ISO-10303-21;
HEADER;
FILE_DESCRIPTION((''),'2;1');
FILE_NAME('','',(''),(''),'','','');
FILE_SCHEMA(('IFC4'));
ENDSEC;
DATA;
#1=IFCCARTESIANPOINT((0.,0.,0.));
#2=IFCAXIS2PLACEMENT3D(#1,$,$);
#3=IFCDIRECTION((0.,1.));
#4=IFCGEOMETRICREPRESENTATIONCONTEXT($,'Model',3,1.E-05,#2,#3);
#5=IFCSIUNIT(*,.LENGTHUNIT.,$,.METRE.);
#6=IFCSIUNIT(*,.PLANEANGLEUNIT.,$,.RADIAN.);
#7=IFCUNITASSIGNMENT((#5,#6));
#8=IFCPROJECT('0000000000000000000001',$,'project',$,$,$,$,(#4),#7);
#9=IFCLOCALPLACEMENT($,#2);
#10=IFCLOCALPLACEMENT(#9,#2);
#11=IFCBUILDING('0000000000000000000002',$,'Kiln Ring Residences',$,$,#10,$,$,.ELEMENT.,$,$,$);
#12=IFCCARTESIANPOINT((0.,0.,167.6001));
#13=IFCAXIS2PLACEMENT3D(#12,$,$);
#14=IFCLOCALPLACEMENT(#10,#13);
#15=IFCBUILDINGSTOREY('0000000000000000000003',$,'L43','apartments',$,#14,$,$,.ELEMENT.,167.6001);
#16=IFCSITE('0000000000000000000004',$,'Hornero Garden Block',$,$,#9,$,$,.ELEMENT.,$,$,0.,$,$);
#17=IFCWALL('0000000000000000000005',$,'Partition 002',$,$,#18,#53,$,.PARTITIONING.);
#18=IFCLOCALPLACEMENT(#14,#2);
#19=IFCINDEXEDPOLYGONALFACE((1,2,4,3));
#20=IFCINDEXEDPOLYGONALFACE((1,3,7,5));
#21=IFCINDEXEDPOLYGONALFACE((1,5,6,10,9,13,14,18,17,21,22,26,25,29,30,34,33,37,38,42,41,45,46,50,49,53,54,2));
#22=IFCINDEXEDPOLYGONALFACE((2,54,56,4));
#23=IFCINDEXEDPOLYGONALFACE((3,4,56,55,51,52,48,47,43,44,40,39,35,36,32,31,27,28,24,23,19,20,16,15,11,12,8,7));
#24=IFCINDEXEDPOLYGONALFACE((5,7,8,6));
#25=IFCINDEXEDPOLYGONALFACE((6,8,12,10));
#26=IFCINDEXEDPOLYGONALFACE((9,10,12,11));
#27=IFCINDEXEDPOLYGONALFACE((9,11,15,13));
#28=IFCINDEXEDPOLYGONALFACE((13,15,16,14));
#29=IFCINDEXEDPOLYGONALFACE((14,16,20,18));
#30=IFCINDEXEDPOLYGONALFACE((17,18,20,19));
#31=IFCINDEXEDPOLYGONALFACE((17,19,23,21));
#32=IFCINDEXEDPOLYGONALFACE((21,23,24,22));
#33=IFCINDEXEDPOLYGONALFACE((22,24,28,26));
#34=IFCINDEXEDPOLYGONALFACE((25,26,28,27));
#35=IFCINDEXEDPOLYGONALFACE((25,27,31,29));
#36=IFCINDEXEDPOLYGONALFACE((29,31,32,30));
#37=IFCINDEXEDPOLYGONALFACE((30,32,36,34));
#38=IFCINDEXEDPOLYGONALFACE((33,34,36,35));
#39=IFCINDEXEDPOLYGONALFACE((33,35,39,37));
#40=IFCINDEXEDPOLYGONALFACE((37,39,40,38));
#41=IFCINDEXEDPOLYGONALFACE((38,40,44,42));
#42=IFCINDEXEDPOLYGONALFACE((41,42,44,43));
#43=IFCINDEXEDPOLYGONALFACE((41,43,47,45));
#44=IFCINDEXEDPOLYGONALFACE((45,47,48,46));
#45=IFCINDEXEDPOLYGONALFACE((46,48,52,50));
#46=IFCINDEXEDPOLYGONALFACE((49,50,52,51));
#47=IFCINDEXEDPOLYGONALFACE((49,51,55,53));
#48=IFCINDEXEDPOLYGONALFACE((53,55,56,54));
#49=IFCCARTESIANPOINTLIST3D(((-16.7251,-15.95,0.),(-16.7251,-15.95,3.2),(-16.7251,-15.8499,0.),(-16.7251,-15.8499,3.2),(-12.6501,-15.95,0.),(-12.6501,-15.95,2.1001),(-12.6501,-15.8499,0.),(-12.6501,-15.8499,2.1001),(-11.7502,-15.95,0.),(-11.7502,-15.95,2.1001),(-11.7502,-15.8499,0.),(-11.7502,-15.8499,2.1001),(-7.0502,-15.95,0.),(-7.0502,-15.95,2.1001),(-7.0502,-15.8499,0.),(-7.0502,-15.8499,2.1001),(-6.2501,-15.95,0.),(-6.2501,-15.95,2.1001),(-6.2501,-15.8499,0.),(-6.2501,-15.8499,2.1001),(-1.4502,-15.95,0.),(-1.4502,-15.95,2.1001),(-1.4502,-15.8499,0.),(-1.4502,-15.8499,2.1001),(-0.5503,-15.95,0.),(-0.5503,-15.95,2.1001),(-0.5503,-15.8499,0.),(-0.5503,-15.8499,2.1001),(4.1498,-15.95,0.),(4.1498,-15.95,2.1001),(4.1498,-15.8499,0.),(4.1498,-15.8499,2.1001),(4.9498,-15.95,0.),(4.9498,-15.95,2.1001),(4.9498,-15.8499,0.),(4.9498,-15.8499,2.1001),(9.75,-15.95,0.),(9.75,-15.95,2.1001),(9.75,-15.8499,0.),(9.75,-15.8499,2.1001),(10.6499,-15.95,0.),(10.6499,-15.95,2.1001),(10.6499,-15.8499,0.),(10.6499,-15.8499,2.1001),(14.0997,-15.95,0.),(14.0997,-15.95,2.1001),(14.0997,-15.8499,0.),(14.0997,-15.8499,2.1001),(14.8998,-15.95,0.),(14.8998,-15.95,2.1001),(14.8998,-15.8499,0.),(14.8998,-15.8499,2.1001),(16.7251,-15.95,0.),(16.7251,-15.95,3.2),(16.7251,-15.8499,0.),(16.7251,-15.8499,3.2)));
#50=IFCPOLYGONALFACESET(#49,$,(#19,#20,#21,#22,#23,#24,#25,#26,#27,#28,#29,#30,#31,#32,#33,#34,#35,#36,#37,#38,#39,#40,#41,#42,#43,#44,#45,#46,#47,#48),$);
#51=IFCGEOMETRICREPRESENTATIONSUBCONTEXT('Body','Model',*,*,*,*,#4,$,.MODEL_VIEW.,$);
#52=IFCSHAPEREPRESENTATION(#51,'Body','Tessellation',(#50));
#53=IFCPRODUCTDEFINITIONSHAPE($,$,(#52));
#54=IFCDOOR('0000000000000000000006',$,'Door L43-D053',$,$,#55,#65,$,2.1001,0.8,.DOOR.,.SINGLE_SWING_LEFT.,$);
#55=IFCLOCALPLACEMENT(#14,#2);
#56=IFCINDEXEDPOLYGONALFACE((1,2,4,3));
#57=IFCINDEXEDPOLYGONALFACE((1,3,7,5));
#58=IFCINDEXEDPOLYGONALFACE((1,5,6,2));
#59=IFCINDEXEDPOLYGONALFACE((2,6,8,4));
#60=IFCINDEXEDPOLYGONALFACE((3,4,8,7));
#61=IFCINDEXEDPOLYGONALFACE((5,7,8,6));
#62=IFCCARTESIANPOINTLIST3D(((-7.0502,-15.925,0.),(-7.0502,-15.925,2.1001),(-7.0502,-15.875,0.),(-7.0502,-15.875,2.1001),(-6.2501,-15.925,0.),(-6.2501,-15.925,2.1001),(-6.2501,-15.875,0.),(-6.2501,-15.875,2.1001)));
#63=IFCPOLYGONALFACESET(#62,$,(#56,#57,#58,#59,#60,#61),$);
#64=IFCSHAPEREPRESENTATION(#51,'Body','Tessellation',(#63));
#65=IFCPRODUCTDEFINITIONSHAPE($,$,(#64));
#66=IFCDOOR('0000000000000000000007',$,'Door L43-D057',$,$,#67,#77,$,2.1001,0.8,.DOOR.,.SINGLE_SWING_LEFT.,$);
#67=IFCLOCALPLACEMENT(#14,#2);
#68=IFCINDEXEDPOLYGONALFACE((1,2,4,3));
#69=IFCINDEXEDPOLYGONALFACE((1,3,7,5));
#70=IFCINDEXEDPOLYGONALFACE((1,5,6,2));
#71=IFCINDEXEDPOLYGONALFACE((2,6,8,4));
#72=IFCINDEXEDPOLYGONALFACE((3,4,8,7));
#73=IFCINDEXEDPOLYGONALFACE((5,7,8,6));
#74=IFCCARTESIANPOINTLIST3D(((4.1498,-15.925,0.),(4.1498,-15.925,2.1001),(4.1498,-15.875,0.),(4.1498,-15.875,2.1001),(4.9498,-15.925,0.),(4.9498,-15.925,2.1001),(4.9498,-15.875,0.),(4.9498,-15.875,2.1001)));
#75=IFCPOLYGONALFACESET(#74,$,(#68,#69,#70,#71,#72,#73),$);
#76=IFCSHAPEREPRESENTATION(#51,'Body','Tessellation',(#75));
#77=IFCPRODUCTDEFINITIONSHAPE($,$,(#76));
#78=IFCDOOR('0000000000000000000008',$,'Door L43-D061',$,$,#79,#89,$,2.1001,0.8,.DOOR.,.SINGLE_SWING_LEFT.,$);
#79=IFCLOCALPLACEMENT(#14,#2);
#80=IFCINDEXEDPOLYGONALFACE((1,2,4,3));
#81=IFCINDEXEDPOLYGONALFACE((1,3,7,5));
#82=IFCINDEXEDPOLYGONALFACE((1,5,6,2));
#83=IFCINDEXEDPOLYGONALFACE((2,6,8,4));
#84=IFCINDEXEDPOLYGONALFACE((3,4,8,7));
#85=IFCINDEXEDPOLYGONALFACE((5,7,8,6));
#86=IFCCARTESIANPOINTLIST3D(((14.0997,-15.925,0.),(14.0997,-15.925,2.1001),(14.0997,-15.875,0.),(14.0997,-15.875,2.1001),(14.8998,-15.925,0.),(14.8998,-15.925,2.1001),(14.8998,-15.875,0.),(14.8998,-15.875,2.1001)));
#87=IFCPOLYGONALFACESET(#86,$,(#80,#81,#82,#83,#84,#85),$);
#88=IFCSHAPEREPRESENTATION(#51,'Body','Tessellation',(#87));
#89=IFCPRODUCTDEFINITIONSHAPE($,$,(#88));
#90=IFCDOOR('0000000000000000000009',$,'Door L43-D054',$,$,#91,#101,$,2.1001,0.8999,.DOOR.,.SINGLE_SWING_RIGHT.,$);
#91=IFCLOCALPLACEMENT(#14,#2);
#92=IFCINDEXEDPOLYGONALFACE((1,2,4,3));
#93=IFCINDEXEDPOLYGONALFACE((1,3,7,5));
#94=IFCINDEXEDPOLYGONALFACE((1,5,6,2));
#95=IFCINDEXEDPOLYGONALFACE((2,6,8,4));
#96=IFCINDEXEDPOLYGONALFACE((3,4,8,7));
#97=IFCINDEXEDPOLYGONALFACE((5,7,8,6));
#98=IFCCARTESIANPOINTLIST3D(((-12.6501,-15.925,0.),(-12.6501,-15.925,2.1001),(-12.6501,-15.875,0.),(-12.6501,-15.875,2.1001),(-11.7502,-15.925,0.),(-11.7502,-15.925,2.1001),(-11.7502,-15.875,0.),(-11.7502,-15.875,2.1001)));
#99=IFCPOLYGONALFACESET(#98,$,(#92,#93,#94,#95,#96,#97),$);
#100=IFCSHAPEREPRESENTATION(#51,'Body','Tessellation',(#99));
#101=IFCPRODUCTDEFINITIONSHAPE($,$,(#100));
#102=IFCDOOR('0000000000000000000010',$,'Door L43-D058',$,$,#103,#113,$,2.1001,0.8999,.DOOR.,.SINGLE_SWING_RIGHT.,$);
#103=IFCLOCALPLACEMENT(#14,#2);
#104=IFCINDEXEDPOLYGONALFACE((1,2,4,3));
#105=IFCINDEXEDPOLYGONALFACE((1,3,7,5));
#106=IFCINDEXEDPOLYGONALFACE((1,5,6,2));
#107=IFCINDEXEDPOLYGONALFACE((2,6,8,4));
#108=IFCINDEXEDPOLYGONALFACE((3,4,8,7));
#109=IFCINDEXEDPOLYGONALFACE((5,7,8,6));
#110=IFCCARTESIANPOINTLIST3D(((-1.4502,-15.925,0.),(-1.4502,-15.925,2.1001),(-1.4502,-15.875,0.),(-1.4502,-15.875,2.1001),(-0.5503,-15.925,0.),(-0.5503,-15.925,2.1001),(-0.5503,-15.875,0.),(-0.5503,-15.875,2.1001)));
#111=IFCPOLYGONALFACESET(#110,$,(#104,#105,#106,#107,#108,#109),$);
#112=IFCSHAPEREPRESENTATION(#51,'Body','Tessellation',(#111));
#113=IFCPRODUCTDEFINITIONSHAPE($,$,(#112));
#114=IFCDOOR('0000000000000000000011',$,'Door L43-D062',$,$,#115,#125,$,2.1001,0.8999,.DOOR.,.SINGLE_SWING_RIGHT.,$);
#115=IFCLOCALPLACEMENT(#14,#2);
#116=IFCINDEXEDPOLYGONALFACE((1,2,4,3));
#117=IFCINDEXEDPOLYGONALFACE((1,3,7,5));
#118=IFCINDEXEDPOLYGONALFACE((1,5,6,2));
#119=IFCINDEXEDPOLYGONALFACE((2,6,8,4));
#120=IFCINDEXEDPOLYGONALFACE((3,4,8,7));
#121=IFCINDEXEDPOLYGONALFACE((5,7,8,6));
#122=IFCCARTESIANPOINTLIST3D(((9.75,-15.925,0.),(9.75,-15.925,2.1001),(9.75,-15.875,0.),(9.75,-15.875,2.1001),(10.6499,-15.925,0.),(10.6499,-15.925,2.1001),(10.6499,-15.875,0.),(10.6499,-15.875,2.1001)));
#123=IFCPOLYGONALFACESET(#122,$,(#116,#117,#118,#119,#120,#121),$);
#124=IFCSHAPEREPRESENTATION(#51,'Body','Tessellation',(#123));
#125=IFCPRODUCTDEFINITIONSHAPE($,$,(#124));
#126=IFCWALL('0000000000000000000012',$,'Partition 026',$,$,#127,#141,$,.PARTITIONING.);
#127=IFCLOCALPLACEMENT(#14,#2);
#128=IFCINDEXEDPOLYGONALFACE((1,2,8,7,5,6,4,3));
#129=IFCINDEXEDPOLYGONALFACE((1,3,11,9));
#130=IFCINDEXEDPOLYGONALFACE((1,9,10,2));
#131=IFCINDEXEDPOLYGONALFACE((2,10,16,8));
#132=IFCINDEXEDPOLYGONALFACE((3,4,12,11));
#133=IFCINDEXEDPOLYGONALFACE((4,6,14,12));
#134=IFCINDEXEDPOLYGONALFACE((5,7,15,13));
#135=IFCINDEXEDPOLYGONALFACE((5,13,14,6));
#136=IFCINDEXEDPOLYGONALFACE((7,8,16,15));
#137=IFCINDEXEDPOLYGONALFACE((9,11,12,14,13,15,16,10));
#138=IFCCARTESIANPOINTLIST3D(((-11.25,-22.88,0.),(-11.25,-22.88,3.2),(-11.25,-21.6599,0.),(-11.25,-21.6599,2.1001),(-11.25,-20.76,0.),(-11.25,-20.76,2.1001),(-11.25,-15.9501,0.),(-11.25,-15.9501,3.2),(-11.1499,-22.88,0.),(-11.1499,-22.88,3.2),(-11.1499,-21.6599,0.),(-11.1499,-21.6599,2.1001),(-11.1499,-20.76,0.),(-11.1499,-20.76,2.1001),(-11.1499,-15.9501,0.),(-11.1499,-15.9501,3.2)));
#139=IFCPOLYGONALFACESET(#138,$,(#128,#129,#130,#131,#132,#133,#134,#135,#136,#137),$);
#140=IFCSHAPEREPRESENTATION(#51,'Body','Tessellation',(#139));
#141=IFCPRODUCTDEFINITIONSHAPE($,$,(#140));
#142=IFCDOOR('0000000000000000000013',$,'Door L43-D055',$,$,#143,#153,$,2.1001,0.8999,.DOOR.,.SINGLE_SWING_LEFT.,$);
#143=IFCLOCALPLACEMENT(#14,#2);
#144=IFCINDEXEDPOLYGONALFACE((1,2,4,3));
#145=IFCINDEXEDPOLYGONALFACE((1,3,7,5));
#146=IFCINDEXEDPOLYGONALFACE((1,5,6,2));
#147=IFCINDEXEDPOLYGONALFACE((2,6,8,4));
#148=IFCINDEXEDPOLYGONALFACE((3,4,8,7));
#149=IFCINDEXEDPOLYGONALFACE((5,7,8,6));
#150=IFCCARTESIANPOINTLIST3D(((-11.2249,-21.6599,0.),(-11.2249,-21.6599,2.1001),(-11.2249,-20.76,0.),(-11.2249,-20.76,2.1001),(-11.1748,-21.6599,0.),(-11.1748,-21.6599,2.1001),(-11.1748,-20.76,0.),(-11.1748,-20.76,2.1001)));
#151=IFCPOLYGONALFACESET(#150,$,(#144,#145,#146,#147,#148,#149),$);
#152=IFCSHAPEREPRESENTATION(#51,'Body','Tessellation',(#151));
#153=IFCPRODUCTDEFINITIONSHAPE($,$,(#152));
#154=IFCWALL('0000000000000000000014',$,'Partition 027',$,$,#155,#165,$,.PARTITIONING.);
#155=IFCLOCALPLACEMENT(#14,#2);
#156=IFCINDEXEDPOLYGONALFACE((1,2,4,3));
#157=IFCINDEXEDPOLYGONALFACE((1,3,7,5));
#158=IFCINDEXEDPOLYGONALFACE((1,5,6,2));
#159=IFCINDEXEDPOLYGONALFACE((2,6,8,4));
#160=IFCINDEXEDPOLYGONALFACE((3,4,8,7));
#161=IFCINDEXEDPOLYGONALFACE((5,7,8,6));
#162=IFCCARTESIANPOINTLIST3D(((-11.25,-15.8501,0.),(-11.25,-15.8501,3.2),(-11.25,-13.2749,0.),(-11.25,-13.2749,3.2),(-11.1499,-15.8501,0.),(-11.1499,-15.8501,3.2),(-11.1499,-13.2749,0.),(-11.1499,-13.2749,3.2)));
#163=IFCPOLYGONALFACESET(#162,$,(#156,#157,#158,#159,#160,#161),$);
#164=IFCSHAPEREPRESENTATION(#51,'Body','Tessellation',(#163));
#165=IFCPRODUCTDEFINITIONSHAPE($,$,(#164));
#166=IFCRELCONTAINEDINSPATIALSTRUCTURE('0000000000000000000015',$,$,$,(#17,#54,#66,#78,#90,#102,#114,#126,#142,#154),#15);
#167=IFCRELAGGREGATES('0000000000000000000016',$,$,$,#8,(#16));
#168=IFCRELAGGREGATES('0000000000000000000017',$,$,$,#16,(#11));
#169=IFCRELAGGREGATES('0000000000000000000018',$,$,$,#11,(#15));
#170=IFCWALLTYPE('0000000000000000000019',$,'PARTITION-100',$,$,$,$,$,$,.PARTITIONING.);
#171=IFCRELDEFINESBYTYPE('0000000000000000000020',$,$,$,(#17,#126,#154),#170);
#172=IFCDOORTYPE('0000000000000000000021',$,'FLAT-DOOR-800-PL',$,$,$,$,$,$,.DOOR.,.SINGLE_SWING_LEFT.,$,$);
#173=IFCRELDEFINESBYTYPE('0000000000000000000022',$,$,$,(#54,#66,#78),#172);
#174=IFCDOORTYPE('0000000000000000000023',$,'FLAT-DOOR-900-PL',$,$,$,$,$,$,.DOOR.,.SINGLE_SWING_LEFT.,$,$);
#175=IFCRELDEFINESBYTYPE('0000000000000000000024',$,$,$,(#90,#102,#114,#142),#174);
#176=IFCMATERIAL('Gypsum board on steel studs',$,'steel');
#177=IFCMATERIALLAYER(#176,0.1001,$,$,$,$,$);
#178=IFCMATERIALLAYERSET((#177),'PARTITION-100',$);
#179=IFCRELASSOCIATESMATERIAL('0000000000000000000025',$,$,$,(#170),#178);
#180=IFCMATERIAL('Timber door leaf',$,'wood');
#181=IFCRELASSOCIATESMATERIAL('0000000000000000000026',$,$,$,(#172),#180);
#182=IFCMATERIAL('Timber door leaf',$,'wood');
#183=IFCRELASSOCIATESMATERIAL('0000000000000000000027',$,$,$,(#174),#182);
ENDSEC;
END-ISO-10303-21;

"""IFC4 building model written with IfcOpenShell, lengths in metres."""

from ifc_helpers import new_model, si_unit, direction, frame, frame_2d, origin, place, context, subcontext, project, spatial, rectangle, extrude, material, layer, layer_set, type_object, element, fill, save


model = new_model("IFC4")

# Units and contexts
model_context = context("Model", 3, precision=1e-05, world=origin(), true_north=direction((0.0, 1.0)))
body_context = subcontext(model_context, "Body", "Model", "MODEL_VIEW")
ifc_project = project(units=[si_unit("LENGTHUNIT", "METRE"), si_unit("PLANEANGLEUNIT", "RADIAN")], contexts=[model_context])

# Site, building, storey
site_placement = place(None, origin())
site = spatial("IfcSite", under=ifc_project, at=site_placement, Name="Hornero Garden Block", CompositionType="ELEMENT", RefElevation=0.0)
building_placement = place(site_placement, origin())
building = spatial("IfcBuilding", under=site, at=building_placement, Name="Kiln Ring Residences", CompositionType="ELEMENT")
storey_placement = place(building_placement, frame((0.0, 0.0, 167.6001)))
storey = spatial("IfcBuildingStorey", under=building, at=storey_placement, Name="L43", Description="apartments", CompositionType="ELEMENT", Elevation=167.6001)

# Wall, openings, doors
ifc_material_1 = material(Name="Gypsum board on steel studs", Category="steel")
ifc_layer_1 = layer(ifc_material_1, 0.1001)
ifc_layer_set_1 = layer_set([ifc_layer_1], Name="PARTITION-100")
wall_type_1 = type_object("IfcWallType", Name="PARTITION-100", PredefinedType="PARTITIONING", material=ifc_layer_set_1)
wall_1_placement = place(storey_placement, frame((-16.7251, -15.8999, 0.0), z_axis=(0.0, 0.0, 1.0), x_axis=(1.0, 0.0, 0.0)))
wall_1 = element("IfcWall", 1, at=wall_1_placement, inside=storey, type_object=wall_type_1, Name="Partition 002", PredefinedType="PARTITIONING", context=body_context, shape_type="SweptSolid", body=[
    extrude(rectangle(XDim=33.4502, YDim=0.1001, at=frame_2d((16.7251, 0.0))), origin(), (0.0, 0.0, 1.0), 3.2),
])
opening_1_placement = place(wall_1_placement, frame((9.675, 0.0, 0.0)))
opening_1 = element("IfcOpeningElement", 2, at=opening_1_placement, cuts=wall_1, PredefinedType="OPENING", context=body_context, shape_type="SweptSolid", body=[
    extrude(rectangle(XDim=0.8, YDim=2.1001, at=frame_2d((0.3999, 1.05))), frame((0.0, 0.0601, 0.0), z_axis=(0.0, -1.0, 0.0), x_axis=(1.0, 0.0, 0.0)), (0.0, 0.0, 1.0), 0.1201),
])
opening_2_placement = place(wall_1_placement, frame((4.075, 0.0, 0.0)))
opening_2 = element("IfcOpeningElement", 3, at=opening_2_placement, cuts=wall_1, PredefinedType="OPENING", context=body_context, shape_type="SweptSolid", body=[
    extrude(rectangle(XDim=0.8999, YDim=2.1001, at=frame_2d((0.45, 1.05))), frame((0.0, 0.0601, 0.0), z_axis=(0.0, -1.0, 0.0), x_axis=(1.0, 0.0, 0.0)), (0.0, 0.0, 1.0), 0.1201),
])
opening_3_placement = place(wall_1_placement, frame((20.875, 0.0, 0.0)))
opening_3 = element("IfcOpeningElement", 4, at=opening_3_placement, cuts=wall_1, PredefinedType="OPENING", context=body_context, shape_type="SweptSolid", body=[
    extrude(rectangle(XDim=0.8, YDim=2.1001, at=frame_2d((0.3999, 1.05))), frame((0.0, 0.0601, 0.0), z_axis=(0.0, -1.0, 0.0), x_axis=(1.0, 0.0, 0.0)), (0.0, 0.0, 1.0), 0.1201),
])
opening_4_placement = place(wall_1_placement, frame((15.2749, 0.0, 0.0)))
opening_4 = element("IfcOpeningElement", 5, at=opening_4_placement, cuts=wall_1, PredefinedType="OPENING", context=body_context, shape_type="SweptSolid", body=[
    extrude(rectangle(XDim=0.8999, YDim=2.1001, at=frame_2d((0.45, 1.05))), frame((0.0, 0.0601, 0.0), z_axis=(0.0, -1.0, 0.0), x_axis=(1.0, 0.0, 0.0)), (0.0, 0.0, 1.0), 0.1201),
])
opening_5_placement = place(wall_1_placement, frame((30.825, 0.0, 0.0)))
opening_5 = element("IfcOpeningElement", 6, at=opening_5_placement, cuts=wall_1, PredefinedType="OPENING", context=body_context, shape_type="SweptSolid", body=[
    extrude(rectangle(XDim=0.8, YDim=2.1001, at=frame_2d((0.3999, 1.05))), frame((0.0, 0.0601, 0.0), z_axis=(0.0, -1.0, 0.0), x_axis=(1.0, 0.0, 0.0)), (0.0, 0.0, 1.0), 0.1201),
])
opening_6_placement = place(wall_1_placement, frame((26.4751, 0.0, 0.0)))
opening_6 = element("IfcOpeningElement", 7, at=opening_6_placement, cuts=wall_1, PredefinedType="OPENING", context=body_context, shape_type="SweptSolid", body=[
    extrude(rectangle(XDim=0.8999, YDim=2.1001, at=frame_2d((0.45, 1.05))), frame((0.0, 0.0601, 0.0), z_axis=(0.0, -1.0, 0.0), x_axis=(1.0, 0.0, 0.0)), (0.0, 0.0, 1.0), 0.1201),
])
ifc_material_2 = material(Name="Timber door leaf", Category="wood")
door_type_1 = type_object("IfcDoorType", Name="FLAT-DOOR-800-PL", OperationType="SINGLE_SWING_LEFT", PredefinedType="DOOR", material=ifc_material_2)
door_1_placement = place(opening_1_placement, origin())
door_1 = element("IfcDoor", 8, at=door_1_placement, inside=storey, type_object=door_type_1, Name="Door L43-D053", OperationType="SINGLE_SWING_LEFT", OverallHeight=2.1001, OverallWidth=0.8, PredefinedType="DOOR", context=body_context, shape_type="SweptSolid", body=[
    extrude(rectangle(XDim=0.8, YDim=2.1001, at=frame_2d((0.3999, 1.05))), frame((0.0, 0.0249, 0.0), z_axis=(0.0, -1.0, 0.0), x_axis=(1.0, 0.0, 0.0)), (0.0, 0.0, 1.0), 0.05),
])
fill(opening_1, door_1)
door_2_placement = place(opening_3_placement, origin())
door_2 = element("IfcDoor", 9, at=door_2_placement, inside=storey, type_object=door_type_1, Name="Door L43-D057", OperationType="SINGLE_SWING_LEFT", OverallHeight=2.1001, OverallWidth=0.8, PredefinedType="DOOR", context=body_context, shape_type="SweptSolid", body=[
    extrude(rectangle(XDim=0.8, YDim=2.1001, at=frame_2d((0.3999, 1.05))), frame((0.0, 0.0249, 0.0), z_axis=(0.0, -1.0, 0.0), x_axis=(1.0, 0.0, 0.0)), (0.0, 0.0, 1.0), 0.05),
])
fill(opening_3, door_2)
door_3_placement = place(opening_5_placement, origin())
door_3 = element("IfcDoor", 10, at=door_3_placement, inside=storey, type_object=door_type_1, Name="Door L43-D061", OperationType="SINGLE_SWING_LEFT", OverallHeight=2.1001, OverallWidth=0.8, PredefinedType="DOOR", context=body_context, shape_type="SweptSolid", body=[
    extrude(rectangle(XDim=0.8, YDim=2.1001, at=frame_2d((0.3999, 1.05))), frame((0.0, 0.0249, 0.0), z_axis=(0.0, -1.0, 0.0), x_axis=(1.0, 0.0, 0.0)), (0.0, 0.0, 1.0), 0.05),
])
fill(opening_5, door_3)
ifc_material_3 = material(Name="Timber door leaf", Category="wood")
door_type_2 = type_object("IfcDoorType", Name="FLAT-DOOR-900-PL", OperationType="SINGLE_SWING_LEFT", PredefinedType="DOOR", material=ifc_material_3)
door_4_placement = place(opening_2_placement, origin())
door_4 = element("IfcDoor", 11, at=door_4_placement, inside=storey, type_object=door_type_2, Name="Door L43-D054", OperationType="SINGLE_SWING_RIGHT", OverallHeight=2.1001, OverallWidth=0.8999, PredefinedType="DOOR", context=body_context, shape_type="SweptSolid", body=[
    extrude(rectangle(XDim=0.8999, YDim=2.1001, at=frame_2d((0.45, 1.05))), frame((0.0, 0.0249, 0.0), z_axis=(0.0, -1.0, 0.0), x_axis=(1.0, 0.0, 0.0)), (0.0, 0.0, 1.0), 0.05),
])
fill(opening_2, door_4)
door_5_placement = place(opening_4_placement, origin())
door_5 = element("IfcDoor", 12, at=door_5_placement, inside=storey, type_object=door_type_2, Name="Door L43-D058", OperationType="SINGLE_SWING_RIGHT", OverallHeight=2.1001, OverallWidth=0.8999, PredefinedType="DOOR", context=body_context, shape_type="SweptSolid", body=[
    extrude(rectangle(XDim=0.8999, YDim=2.1001, at=frame_2d((0.45, 1.05))), frame((0.0, 0.0249, 0.0), z_axis=(0.0, -1.0, 0.0), x_axis=(1.0, 0.0, 0.0)), (0.0, 0.0, 1.0), 0.05),
])
fill(opening_4, door_5)
door_6_placement = place(opening_6_placement, origin())
door_6 = element("IfcDoor", 13, at=door_6_placement, inside=storey, type_object=door_type_2, Name="Door L43-D062", OperationType="SINGLE_SWING_RIGHT", OverallHeight=2.1001, OverallWidth=0.8999, PredefinedType="DOOR", context=body_context, shape_type="SweptSolid", body=[
    extrude(rectangle(XDim=0.8999, YDim=2.1001, at=frame_2d((0.45, 1.05))), frame((0.0, 0.0249, 0.0), z_axis=(0.0, -1.0, 0.0), x_axis=(1.0, 0.0, 0.0)), (0.0, 0.0, 1.0), 0.05),
])
fill(opening_6, door_6)

# Wall, opening, door
wall_2_placement = place(storey_placement, frame((-11.2, -22.8799, 0.0), z_axis=(0.0, 0.0, 1.0), x_axis=(0.0, 1.0, 0.0)))
wall_2 = element("IfcWall", 14, at=wall_2_placement, inside=storey, type_object=wall_type_1, Name="Partition 026", PredefinedType="PARTITIONING", context=body_context, shape_type="SweptSolid", body=[
    extrude(rectangle(XDim=6.9299, YDim=0.1001, at=frame_2d((3.4648, 0.0))), origin(), (0.0, 0.0, 1.0), 3.2),
])
opening_7_placement = place(wall_2_placement, frame((1.22, 0.0, 0.0)))
opening_7 = element("IfcOpeningElement", 15, at=opening_7_placement, cuts=wall_2, PredefinedType="OPENING", context=body_context, shape_type="SweptSolid", body=[
    extrude(rectangle(XDim=0.8999, YDim=2.1001, at=frame_2d((0.45, 1.05))), frame((0.0, 0.0601, 0.0), z_axis=(0.0, -1.0, 0.0), x_axis=(1.0, 0.0, 0.0)), (0.0, 0.0, 1.0), 0.1201),
])
door_7_placement = place(opening_7_placement, origin())
door_7 = element("IfcDoor", 16, at=door_7_placement, inside=storey, type_object=door_type_2, Name="Door L43-D055", OperationType="SINGLE_SWING_LEFT", OverallHeight=2.1001, OverallWidth=0.8999, PredefinedType="DOOR", context=body_context, shape_type="SweptSolid", body=[
    extrude(rectangle(XDim=0.8999, YDim=2.1001, at=frame_2d((0.45, 1.05))), frame((0.0, 0.0249, 0.0), z_axis=(0.0, -1.0, 0.0), x_axis=(1.0, 0.0, 0.0)), (0.0, 0.0, 1.0), 0.05),
])
fill(opening_7, door_7)

# Wall
wall_3_placement = place(storey_placement, frame((-11.2, -15.8501, 0.0), z_axis=(0.0, 0.0, 1.0), x_axis=(0.0, 1.0, 0.0)))
element("IfcWall", 17, at=wall_3_placement, inside=storey, type_object=wall_type_1, Name="Partition 027", PredefinedType="PARTITIONING", context=body_context, shape_type="SweptSolid", body=[
    extrude(rectangle(XDim=2.5752, YDim=0.1001, at=frame_2d((1.2876, 0.0))), origin(), (0.0, 0.0, 1.0), 3.2),
])

save(model, "model.ifc")
